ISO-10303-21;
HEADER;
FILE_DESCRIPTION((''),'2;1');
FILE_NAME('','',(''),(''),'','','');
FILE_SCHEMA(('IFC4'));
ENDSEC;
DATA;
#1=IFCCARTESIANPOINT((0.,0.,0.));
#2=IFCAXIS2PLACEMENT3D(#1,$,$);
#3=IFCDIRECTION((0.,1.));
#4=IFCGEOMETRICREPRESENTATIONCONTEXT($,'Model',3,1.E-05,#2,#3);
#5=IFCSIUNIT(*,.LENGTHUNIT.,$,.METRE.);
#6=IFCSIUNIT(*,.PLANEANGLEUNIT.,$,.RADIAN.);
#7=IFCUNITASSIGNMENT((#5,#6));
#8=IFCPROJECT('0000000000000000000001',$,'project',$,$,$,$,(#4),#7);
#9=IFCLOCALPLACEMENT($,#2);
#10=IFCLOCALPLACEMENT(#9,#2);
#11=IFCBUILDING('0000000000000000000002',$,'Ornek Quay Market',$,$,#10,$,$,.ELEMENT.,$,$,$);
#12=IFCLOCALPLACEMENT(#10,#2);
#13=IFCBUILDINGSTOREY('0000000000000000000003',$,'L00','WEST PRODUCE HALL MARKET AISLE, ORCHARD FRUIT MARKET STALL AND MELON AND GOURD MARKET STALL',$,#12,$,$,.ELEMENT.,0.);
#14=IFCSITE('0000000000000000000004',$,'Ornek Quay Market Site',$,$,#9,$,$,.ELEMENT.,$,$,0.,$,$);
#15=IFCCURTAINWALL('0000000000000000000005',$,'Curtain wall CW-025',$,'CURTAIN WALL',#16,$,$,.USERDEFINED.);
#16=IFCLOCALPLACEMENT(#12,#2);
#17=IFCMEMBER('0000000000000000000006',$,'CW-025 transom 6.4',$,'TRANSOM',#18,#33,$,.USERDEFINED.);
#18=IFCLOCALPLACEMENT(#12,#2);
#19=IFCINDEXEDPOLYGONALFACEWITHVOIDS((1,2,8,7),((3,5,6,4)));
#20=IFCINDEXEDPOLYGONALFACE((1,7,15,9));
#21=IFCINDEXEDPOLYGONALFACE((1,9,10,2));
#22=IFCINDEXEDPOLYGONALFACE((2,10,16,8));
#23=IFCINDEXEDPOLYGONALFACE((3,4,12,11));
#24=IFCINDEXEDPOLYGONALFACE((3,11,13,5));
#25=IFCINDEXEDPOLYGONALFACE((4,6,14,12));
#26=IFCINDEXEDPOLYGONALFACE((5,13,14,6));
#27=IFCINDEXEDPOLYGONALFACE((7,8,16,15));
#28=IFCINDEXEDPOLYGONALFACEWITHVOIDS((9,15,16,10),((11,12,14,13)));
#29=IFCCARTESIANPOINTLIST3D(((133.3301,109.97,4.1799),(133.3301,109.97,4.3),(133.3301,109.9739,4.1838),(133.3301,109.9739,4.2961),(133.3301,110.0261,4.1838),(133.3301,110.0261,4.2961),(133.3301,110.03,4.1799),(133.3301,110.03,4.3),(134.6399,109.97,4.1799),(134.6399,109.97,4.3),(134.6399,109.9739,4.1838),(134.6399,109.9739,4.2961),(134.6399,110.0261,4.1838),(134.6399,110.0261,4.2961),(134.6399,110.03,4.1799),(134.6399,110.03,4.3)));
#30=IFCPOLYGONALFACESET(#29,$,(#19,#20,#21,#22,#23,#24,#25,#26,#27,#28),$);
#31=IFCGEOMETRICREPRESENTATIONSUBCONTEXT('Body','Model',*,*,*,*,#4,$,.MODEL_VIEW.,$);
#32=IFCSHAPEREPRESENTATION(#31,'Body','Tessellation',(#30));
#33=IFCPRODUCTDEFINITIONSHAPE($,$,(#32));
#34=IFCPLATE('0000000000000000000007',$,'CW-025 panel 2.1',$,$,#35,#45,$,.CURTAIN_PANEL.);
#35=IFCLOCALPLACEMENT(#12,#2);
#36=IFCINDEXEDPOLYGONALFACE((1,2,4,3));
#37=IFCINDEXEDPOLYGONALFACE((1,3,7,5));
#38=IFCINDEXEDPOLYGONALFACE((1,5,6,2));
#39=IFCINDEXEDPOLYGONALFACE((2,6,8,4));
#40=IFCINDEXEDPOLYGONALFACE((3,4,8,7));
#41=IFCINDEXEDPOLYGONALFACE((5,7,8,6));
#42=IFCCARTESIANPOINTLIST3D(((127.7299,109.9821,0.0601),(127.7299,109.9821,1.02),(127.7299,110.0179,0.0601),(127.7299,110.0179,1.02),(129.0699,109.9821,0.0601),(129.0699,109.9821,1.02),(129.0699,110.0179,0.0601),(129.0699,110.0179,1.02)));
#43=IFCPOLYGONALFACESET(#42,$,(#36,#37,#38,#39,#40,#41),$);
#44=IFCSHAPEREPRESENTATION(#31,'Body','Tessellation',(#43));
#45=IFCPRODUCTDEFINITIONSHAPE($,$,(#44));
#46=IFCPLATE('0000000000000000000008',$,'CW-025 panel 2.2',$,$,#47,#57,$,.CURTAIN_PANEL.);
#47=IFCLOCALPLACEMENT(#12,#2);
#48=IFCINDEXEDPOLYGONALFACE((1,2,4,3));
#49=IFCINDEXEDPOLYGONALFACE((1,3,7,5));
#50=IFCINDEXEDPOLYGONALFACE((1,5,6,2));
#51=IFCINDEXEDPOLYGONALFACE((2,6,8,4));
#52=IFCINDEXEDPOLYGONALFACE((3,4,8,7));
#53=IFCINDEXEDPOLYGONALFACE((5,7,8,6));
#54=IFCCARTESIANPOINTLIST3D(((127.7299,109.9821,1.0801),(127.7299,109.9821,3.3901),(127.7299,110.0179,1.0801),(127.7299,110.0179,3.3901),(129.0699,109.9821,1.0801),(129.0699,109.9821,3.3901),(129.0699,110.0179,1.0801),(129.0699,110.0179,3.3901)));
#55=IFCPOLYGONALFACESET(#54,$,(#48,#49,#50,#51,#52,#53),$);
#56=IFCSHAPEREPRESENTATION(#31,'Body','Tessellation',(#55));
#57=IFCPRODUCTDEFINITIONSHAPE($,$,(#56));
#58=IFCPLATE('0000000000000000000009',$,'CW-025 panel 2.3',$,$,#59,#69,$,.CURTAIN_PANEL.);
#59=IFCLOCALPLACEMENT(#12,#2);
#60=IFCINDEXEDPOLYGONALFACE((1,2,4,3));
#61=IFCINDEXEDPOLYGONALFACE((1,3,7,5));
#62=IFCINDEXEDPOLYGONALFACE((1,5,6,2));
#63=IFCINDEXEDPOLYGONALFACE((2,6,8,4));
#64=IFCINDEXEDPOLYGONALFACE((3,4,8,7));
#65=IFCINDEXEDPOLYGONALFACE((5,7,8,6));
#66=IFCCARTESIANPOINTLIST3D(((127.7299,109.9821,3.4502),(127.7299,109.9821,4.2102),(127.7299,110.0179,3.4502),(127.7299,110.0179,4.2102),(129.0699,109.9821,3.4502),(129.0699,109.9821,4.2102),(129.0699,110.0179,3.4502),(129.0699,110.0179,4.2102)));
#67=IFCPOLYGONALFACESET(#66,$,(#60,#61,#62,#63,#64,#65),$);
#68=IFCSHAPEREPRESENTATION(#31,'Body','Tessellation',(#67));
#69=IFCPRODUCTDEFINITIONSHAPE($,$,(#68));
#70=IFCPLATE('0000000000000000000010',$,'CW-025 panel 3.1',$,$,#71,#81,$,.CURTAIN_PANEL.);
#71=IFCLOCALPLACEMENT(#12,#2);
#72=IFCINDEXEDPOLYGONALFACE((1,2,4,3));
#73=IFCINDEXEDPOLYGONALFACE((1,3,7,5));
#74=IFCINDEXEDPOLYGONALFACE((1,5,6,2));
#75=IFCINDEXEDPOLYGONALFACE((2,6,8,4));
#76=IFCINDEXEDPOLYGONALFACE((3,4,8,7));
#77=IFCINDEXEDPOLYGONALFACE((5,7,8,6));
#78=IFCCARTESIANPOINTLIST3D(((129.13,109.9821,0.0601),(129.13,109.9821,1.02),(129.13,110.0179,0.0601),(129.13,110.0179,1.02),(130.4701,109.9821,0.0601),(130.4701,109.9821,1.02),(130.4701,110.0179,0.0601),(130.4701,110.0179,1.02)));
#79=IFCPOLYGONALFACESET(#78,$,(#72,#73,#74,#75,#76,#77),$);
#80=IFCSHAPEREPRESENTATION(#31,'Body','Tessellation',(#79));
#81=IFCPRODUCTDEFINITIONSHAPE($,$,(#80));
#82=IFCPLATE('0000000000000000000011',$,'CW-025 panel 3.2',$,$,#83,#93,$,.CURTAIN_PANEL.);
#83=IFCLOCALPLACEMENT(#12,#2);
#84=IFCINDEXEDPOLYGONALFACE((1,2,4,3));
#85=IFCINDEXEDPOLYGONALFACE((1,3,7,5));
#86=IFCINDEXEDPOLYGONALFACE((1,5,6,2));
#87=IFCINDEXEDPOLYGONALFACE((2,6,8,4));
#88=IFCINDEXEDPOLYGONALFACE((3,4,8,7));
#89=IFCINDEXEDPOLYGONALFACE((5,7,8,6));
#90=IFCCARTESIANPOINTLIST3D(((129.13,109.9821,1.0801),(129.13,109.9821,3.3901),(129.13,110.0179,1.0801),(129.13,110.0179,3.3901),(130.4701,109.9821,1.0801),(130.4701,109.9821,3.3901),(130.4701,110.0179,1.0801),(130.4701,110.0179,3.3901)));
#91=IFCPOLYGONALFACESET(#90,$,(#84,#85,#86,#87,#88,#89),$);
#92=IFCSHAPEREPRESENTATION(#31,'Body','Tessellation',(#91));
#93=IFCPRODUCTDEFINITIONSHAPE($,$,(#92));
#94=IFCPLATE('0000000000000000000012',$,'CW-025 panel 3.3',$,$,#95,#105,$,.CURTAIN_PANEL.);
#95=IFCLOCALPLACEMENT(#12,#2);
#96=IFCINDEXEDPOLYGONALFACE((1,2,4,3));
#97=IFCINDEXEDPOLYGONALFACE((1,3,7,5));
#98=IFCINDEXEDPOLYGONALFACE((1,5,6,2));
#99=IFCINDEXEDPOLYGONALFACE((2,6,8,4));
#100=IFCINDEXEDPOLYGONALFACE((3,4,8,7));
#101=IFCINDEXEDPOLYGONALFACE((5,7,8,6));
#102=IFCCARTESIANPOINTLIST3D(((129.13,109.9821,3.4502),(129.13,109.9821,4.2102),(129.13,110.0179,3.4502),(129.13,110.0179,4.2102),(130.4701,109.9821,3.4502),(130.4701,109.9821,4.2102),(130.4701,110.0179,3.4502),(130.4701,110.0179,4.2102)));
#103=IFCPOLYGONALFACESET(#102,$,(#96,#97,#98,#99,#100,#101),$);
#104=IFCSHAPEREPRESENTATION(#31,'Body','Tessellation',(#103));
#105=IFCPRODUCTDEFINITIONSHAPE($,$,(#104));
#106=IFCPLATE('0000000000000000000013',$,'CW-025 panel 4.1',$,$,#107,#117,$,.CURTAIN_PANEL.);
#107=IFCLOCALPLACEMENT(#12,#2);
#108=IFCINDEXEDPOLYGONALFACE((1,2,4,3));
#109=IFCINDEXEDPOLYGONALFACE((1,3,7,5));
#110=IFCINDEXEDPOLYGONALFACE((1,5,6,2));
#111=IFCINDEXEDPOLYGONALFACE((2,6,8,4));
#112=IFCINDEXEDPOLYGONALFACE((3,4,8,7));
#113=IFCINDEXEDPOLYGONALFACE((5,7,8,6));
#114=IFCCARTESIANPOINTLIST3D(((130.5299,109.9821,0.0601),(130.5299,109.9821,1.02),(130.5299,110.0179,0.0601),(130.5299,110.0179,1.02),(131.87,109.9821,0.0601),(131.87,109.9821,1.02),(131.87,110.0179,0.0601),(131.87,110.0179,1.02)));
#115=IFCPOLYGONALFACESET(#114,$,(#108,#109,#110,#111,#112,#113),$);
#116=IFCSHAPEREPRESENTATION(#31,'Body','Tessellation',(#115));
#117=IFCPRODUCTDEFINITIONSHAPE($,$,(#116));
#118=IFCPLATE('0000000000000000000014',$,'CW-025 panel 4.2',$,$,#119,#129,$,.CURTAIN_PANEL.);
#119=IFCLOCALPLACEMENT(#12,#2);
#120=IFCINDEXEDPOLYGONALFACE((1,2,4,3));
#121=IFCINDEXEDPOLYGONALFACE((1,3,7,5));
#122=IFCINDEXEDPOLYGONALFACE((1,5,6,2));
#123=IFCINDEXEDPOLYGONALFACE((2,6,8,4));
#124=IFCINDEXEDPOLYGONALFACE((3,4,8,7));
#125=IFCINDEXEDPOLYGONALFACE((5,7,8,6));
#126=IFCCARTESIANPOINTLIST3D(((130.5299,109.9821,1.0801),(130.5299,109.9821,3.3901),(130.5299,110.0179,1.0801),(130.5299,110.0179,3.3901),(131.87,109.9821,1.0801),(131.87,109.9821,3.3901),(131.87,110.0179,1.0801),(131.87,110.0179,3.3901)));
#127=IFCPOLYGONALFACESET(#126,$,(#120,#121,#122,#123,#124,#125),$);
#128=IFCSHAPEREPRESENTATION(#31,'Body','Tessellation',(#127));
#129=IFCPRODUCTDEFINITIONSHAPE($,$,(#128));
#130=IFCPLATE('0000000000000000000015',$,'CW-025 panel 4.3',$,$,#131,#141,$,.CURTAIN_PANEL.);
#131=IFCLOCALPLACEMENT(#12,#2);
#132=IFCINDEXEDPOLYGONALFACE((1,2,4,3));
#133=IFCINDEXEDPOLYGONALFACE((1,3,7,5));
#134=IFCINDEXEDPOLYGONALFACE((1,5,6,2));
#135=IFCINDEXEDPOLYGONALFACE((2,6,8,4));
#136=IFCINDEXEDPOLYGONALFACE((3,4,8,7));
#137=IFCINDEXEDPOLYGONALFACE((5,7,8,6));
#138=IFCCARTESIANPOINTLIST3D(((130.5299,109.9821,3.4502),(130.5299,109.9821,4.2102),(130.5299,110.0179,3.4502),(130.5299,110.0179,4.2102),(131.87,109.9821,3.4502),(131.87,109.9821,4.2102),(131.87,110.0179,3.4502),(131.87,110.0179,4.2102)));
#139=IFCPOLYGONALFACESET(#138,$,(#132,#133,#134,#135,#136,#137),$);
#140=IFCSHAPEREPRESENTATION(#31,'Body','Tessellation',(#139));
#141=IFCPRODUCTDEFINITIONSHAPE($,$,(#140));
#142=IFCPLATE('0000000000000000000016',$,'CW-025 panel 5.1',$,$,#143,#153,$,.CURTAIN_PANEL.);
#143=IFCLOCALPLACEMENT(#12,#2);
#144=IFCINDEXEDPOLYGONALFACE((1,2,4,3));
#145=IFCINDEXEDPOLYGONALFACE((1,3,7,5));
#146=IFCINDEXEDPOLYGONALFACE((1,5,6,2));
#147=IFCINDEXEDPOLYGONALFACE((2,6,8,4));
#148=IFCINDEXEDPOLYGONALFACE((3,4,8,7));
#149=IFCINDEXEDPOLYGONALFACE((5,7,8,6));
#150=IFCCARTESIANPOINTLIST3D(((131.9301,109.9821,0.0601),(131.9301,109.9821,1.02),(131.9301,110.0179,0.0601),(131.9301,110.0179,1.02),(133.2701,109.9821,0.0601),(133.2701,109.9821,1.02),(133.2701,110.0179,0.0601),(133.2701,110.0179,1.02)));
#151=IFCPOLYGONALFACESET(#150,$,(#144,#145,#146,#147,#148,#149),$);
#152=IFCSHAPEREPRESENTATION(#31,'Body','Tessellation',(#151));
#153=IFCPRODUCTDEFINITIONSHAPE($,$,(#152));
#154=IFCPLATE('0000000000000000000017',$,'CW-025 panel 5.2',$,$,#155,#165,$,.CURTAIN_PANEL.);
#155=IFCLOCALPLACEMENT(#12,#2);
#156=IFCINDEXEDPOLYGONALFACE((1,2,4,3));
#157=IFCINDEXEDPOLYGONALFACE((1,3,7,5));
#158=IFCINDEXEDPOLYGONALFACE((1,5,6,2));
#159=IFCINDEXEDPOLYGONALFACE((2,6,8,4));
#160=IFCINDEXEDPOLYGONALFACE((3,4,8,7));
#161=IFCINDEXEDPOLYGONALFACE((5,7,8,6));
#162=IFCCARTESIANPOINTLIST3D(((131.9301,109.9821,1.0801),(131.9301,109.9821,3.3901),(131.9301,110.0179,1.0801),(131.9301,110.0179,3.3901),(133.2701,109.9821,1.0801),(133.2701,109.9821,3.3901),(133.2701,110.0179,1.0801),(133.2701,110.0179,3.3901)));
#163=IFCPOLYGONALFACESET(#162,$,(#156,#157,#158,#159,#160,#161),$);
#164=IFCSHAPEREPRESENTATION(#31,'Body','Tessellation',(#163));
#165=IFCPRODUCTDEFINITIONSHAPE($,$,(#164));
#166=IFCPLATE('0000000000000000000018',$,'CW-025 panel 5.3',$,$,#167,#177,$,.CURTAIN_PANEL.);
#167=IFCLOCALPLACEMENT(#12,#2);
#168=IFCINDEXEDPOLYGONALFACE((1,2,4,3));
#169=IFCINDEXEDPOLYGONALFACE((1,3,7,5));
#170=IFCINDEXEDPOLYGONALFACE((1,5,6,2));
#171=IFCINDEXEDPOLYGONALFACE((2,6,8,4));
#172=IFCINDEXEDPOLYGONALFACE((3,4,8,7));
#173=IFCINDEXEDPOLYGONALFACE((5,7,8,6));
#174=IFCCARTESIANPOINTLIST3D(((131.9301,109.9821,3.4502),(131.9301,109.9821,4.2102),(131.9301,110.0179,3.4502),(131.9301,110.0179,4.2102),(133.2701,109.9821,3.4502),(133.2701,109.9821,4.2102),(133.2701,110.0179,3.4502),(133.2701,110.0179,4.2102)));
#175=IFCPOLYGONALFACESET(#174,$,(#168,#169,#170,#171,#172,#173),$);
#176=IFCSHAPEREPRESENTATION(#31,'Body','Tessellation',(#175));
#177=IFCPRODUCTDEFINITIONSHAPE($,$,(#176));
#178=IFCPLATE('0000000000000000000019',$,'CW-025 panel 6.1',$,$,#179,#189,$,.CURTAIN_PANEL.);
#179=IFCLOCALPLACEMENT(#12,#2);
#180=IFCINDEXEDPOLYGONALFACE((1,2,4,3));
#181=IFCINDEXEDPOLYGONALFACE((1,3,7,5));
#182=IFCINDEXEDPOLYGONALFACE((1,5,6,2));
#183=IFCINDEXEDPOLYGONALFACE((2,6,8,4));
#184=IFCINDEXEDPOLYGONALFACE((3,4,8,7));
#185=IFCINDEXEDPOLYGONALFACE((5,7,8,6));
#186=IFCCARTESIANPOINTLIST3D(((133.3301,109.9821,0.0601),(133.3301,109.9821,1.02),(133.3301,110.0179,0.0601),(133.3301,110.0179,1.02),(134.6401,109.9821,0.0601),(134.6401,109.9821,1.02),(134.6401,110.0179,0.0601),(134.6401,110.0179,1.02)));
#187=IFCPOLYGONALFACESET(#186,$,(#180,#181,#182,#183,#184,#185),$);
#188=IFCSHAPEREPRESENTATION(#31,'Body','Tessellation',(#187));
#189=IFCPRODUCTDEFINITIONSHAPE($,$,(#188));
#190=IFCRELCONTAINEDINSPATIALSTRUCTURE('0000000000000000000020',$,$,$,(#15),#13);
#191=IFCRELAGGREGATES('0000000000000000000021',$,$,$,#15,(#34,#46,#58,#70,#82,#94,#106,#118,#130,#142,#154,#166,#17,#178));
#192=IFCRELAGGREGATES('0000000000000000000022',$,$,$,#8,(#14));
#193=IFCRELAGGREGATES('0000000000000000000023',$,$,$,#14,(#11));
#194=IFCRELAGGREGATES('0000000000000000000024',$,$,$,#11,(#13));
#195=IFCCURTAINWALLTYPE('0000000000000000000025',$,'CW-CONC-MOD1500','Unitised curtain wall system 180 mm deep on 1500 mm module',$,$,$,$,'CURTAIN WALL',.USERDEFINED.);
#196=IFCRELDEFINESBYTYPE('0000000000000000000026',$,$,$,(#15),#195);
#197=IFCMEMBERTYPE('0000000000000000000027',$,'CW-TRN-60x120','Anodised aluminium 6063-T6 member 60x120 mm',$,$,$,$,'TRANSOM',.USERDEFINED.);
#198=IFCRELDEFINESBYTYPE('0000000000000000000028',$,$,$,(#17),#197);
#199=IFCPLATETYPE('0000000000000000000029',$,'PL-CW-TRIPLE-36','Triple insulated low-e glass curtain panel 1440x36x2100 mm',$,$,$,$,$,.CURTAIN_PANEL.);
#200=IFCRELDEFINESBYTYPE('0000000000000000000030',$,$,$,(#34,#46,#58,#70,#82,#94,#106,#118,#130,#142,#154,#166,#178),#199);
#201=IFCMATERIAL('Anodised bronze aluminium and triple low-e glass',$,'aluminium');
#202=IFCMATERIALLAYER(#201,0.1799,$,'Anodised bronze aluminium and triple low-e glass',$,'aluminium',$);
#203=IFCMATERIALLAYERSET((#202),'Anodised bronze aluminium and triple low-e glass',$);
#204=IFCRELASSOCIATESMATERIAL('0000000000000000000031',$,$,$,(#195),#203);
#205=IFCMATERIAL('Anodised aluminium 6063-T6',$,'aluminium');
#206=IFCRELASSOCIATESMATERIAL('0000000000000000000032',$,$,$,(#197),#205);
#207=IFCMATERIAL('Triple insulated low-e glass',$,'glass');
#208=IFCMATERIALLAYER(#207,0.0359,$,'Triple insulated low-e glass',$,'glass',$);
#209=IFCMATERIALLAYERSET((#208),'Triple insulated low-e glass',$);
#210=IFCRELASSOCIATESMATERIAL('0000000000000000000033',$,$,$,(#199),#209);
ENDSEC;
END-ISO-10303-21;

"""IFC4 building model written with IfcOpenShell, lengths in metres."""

from ifc_helpers import new_model, si_unit, direction, frame, origin, origin_2d, place, context, subcontext, project, spatial, rectangle, hollow_rectangle, extrude, material, layer, layer_set, material_profile, profile_set, type_object, element, aggregate, save


model = new_model("IFC4")

# Units and contexts
model_context = context("Model", 3, precision=1e-05, world=origin(), true_north=direction((0.0, 1.0)))
body_context = subcontext(model_context, "Body", "Model", "MODEL_VIEW")
ifc_project = project(units=[si_unit("LENGTHUNIT", "METRE"), si_unit("PLANEANGLEUNIT", "RADIAN")], contexts=[model_context])

# Site, building, storey
site_placement = place(None, origin())
site = spatial("IfcSite", under=ifc_project, at=site_placement, Name="Ornek Quay Market Site", CompositionType="ELEMENT", RefElevation=0.0)
building_placement = place(site_placement, origin())
building = spatial("IfcBuilding", under=site, at=building_placement, Name="Ornek Quay Market", CompositionType="ELEMENT")
storey_placement = place(building_placement, origin())
storey = spatial("IfcBuildingStorey", under=building, at=storey_placement, Name="L00", Description="WEST PRODUCE HALL MARKET AISLE, ORCHARD FRUIT MARKET STALL AND MELON AND GOURD MARKET STALL", CompositionType="ELEMENT", Elevation=0.0)

# Curtain wall, member, plates
ifc_material_1 = material(Name="Anodised bronze aluminium and triple low-e glass", Category="aluminium")
ifc_layer_1 = layer(ifc_material_1, 0.1799, Name="Anodised bronze aluminium and triple low-e glass", Category="aluminium")
ifc_layer_set_1 = layer_set([ifc_layer_1], Name="Anodised bronze aluminium and triple low-e glass")
curtain_wall_type = type_object("IfcCurtainWallType", Name="CW-CONC-MOD1500", Description="Unitised curtain wall system 180 mm deep on 1500 mm module", ElementType="CURTAIN WALL", PredefinedType="USERDEFINED", material=ifc_layer_set_1)
curtain_wall_placement = place(storey_placement, origin())
curtain_wall = element("IfcCurtainWall", 1, at=curtain_wall_placement, inside=storey, type_object=curtain_wall_type, Name="Curtain wall CW-025", ObjectType="CURTAIN WALL", PredefinedType="USERDEFINED")
ifc_material_2 = material(Name="Anodised aluminium 6063-T6", Category="aluminium")
ifc_material_profile_1 = material_profile(ifc_material_2, hollow_rectangle(XDim=0.0601, YDim=0.1201, WallThickness=0.0039, at=origin_2d()), Name="CW-TRN-60x120", Category="aluminium")
ifc_profile_set_1 = profile_set([ifc_material_profile_1], Name="Anodised aluminium 6063-T6")
member_type_1 = type_object("IfcMemberType", Name="CW-TRN-60x120", Description="Anodised aluminium 6063-T6 member 60x120 mm", ElementType="TRANSOM", PredefinedType="USERDEFINED", material=ifc_profile_set_1)
member_1_placement = place(storey_placement, frame((133.3301, 110.0, 4.24), z_axis=(1.0, 0.0, 0.0), x_axis=(0.0, 1.0, 0.0)))
member_1 = element("IfcMember", 2, at=member_1_placement, type_object=member_type_1, Name="CW-025 transom 6.4", ObjectType="TRANSOM", PredefinedType="USERDEFINED", context=body_context, shape_type="SweptSolid", body=[
    extrude(hollow_rectangle(XDim=0.0601, YDim=0.1201, WallThickness=0.0039, at=origin_2d()), origin(), (0.0, 0.0, 1.0), 1.3098),
])
ifc_material_3 = material(Name="Triple insulated low-e glass", Category="glass")
ifc_layer_2 = layer(ifc_material_3, 0.0359, Name="Triple insulated low-e glass", Category="glass")
ifc_layer_set_2 = layer_set([ifc_layer_2], Name="Triple insulated low-e glass")
plate_type = type_object("IfcPlateType", Name="PL-CW-TRIPLE-36", Description="Triple insulated low-e glass curtain panel 1440x36x2100 mm", PredefinedType="CURTAIN_PANEL", material=ifc_layer_set_2)
plate_1_placement = place(storey_placement, frame((128.3999, 110.0, 0.0601), z_axis=(0.0, 0.0, 1.0), x_axis=(1.0, 0.0, 0.0)))
plate_1 = element("IfcPlate", 3, at=plate_1_placement, type_object=plate_type, Name="CW-025 panel 2.1", PredefinedType="CURTAIN_PANEL", context=body_context, shape_type="SweptSolid", body=[
    extrude(rectangle(XDim=1.3401, YDim=0.0359, at=origin_2d()), origin(), (0.0, 0.0, 1.0), 0.96),
])
plate_2_placement = place(storey_placement, frame((128.3999, 110.0, 1.0801), z_axis=(0.0, 0.0, 1.0), x_axis=(1.0, 0.0, 0.0)))
plate_2 = element("IfcPlate", 4, at=plate_2_placement, type_object=plate_type, Name="CW-025 panel 2.2", PredefinedType="CURTAIN_PANEL", context=body_context, shape_type="SweptSolid", body=[
    extrude(rectangle(XDim=1.3401, YDim=0.0359, at=origin_2d()), origin(), (0.0, 0.0, 1.0), 2.3101),
])
plate_3_placement = place(storey_placement, frame((128.3999, 110.0, 3.4502), z_axis=(0.0, 0.0, 1.0), x_axis=(1.0, 0.0, 0.0)))
plate_3 = element("IfcPlate", 5, at=plate_3_placement, type_object=plate_type, Name="CW-025 panel 2.3", PredefinedType="CURTAIN_PANEL", context=body_context, shape_type="SweptSolid", body=[
    extrude(rectangle(XDim=1.3401, YDim=0.0359, at=origin_2d()), origin(), (0.0, 0.0, 1.0), 0.76),
])
plate_4_placement = place(storey_placement, frame((129.8, 110.0, 0.0601), z_axis=(0.0, 0.0, 1.0), x_axis=(1.0, 0.0, 0.0)))
plate_4 = element("IfcPlate", 6, at=plate_4_placement, type_object=plate_type, Name="CW-025 panel 3.1", PredefinedType="CURTAIN_PANEL", context=body_context, shape_type="SweptSolid", body=[
    extrude(rectangle(XDim=1.3401, YDim=0.0359, at=origin_2d()), origin(), (0.0, 0.0, 1.0), 0.96),
])
plate_5_placement = place(storey_placement, frame((129.8, 110.0, 1.0801), z_axis=(0.0, 0.0, 1.0), x_axis=(1.0, 0.0, 0.0)))
plate_5 = element("IfcPlate", 7, at=plate_5_placement, type_object=plate_type, Name="CW-025 panel 3.2", PredefinedType="CURTAIN_PANEL", context=body_context, shape_type="SweptSolid", body=[
    extrude(rectangle(XDim=1.3401, YDim=0.0359, at=origin_2d()), origin(), (0.0, 0.0, 1.0), 2.3101),
])
plate_6_placement = place(storey_placement, frame((129.8, 110.0, 3.4502), z_axis=(0.0, 0.0, 1.0), x_axis=(1.0, 0.0, 0.0)))
plate_6 = element("IfcPlate", 8, at=plate_6_placement, type_object=plate_type, Name="CW-025 panel 3.3", PredefinedType="CURTAIN_PANEL", context=body_context, shape_type="SweptSolid", body=[
    extrude(rectangle(XDim=1.3401, YDim=0.0359, at=origin_2d()), origin(), (0.0, 0.0, 1.0), 0.76),
])
plate_7_placement = place(storey_placement, frame((131.2, 110.0, 0.0601), z_axis=(0.0, 0.0, 1.0), x_axis=(1.0, 0.0, 0.0)))
plate_7 = element("IfcPlate", 9, at=plate_7_placement, type_object=plate_type, Name="CW-025 panel 4.1", PredefinedType="CURTAIN_PANEL", context=body_context, shape_type="SweptSolid", body=[
    extrude(rectangle(XDim=1.3401, YDim=0.0359, at=origin_2d()), origin(), (0.0, 0.0, 1.0), 0.96),
])
plate_8_placement = place(storey_placement, frame((131.2, 110.0, 1.0801), z_axis=(0.0, 0.0, 1.0), x_axis=(1.0, 0.0, 0.0)))
plate_8 = element("IfcPlate", 10, at=plate_8_placement, type_object=plate_type, Name="CW-025 panel 4.2", PredefinedType="CURTAIN_PANEL", context=body_context, shape_type="SweptSolid", body=[
    extrude(rectangle(XDim=1.3401, YDim=0.0359, at=origin_2d()), origin(), (0.0, 0.0, 1.0), 2.3101),
])
plate_9_placement = place(storey_placement, frame((131.2, 110.0, 3.4502), z_axis=(0.0, 0.0, 1.0), x_axis=(1.0, 0.0, 0.0)))
plate_9 = element("IfcPlate", 11, at=plate_9_placement, type_object=plate_type, Name="CW-025 panel 4.3", PredefinedType="CURTAIN_PANEL", context=body_context, shape_type="SweptSolid", body=[
    extrude(rectangle(XDim=1.3401, YDim=0.0359, at=origin_2d()), origin(), (0.0, 0.0, 1.0), 0.76),
])
plate_10_placement = place(storey_placement, frame((132.6001, 110.0, 0.0601), z_axis=(0.0, 0.0, 1.0), x_axis=(1.0, 0.0, 0.0)))
plate_10 = element("IfcPlate", 12, at=plate_10_placement, type_object=plate_type, Name="CW-025 panel 5.1", PredefinedType="CURTAIN_PANEL", context=body_context, shape_type="SweptSolid", body=[
    extrude(rectangle(XDim=1.3401, YDim=0.0359, at=origin_2d()), origin(), (0.0, 0.0, 1.0), 0.96),
])
plate_11_placement = place(storey_placement, frame((132.6001, 110.0, 1.0801), z_axis=(0.0, 0.0, 1.0), x_axis=(1.0, 0.0, 0.0)))
plate_11 = element("IfcPlate", 13, at=plate_11_placement, type_object=plate_type, Name="CW-025 panel 5.2", PredefinedType="CURTAIN_PANEL", context=body_context, shape_type="SweptSolid", body=[
    extrude(rectangle(XDim=1.3401, YDim=0.0359, at=origin_2d()), origin(), (0.0, 0.0, 1.0), 2.3101),
])
plate_12_placement = place(storey_placement, frame((132.6001, 110.0, 3.4502), z_axis=(0.0, 0.0, 1.0), x_axis=(1.0, 0.0, 0.0)))
plate_12 = element("IfcPlate", 14, at=plate_12_placement, type_object=plate_type, Name="CW-025 panel 5.3", PredefinedType="CURTAIN_PANEL", context=body_context, shape_type="SweptSolid", body=[
    extrude(rectangle(XDim=1.3401, YDim=0.0359, at=origin_2d()), origin(), (0.0, 0.0, 1.0), 0.76),
])
plate_13_placement = place(storey_placement, frame((133.9851, 110.0, 0.0601), z_axis=(0.0, 0.0, 1.0), x_axis=(1.0, 0.0, 0.0)))
plate_13 = element("IfcPlate", 15, at=plate_13_placement, type_object=plate_type, Name="CW-025 panel 6.1", PredefinedType="CURTAIN_PANEL", context=body_context, shape_type="SweptSolid", body=[
    extrude(rectangle(XDim=1.3101, YDim=0.0359, at=origin_2d()), origin(), (0.0, 0.0, 1.0), 0.96),
])
aggregate(curtain_wall, [plate_1, plate_2, plate_3, plate_4, plate_5, plate_6, plate_7, plate_8, plate_9, plate_10, plate_11, plate_12, member_1, plate_13])

save(model, "model.ifc")
